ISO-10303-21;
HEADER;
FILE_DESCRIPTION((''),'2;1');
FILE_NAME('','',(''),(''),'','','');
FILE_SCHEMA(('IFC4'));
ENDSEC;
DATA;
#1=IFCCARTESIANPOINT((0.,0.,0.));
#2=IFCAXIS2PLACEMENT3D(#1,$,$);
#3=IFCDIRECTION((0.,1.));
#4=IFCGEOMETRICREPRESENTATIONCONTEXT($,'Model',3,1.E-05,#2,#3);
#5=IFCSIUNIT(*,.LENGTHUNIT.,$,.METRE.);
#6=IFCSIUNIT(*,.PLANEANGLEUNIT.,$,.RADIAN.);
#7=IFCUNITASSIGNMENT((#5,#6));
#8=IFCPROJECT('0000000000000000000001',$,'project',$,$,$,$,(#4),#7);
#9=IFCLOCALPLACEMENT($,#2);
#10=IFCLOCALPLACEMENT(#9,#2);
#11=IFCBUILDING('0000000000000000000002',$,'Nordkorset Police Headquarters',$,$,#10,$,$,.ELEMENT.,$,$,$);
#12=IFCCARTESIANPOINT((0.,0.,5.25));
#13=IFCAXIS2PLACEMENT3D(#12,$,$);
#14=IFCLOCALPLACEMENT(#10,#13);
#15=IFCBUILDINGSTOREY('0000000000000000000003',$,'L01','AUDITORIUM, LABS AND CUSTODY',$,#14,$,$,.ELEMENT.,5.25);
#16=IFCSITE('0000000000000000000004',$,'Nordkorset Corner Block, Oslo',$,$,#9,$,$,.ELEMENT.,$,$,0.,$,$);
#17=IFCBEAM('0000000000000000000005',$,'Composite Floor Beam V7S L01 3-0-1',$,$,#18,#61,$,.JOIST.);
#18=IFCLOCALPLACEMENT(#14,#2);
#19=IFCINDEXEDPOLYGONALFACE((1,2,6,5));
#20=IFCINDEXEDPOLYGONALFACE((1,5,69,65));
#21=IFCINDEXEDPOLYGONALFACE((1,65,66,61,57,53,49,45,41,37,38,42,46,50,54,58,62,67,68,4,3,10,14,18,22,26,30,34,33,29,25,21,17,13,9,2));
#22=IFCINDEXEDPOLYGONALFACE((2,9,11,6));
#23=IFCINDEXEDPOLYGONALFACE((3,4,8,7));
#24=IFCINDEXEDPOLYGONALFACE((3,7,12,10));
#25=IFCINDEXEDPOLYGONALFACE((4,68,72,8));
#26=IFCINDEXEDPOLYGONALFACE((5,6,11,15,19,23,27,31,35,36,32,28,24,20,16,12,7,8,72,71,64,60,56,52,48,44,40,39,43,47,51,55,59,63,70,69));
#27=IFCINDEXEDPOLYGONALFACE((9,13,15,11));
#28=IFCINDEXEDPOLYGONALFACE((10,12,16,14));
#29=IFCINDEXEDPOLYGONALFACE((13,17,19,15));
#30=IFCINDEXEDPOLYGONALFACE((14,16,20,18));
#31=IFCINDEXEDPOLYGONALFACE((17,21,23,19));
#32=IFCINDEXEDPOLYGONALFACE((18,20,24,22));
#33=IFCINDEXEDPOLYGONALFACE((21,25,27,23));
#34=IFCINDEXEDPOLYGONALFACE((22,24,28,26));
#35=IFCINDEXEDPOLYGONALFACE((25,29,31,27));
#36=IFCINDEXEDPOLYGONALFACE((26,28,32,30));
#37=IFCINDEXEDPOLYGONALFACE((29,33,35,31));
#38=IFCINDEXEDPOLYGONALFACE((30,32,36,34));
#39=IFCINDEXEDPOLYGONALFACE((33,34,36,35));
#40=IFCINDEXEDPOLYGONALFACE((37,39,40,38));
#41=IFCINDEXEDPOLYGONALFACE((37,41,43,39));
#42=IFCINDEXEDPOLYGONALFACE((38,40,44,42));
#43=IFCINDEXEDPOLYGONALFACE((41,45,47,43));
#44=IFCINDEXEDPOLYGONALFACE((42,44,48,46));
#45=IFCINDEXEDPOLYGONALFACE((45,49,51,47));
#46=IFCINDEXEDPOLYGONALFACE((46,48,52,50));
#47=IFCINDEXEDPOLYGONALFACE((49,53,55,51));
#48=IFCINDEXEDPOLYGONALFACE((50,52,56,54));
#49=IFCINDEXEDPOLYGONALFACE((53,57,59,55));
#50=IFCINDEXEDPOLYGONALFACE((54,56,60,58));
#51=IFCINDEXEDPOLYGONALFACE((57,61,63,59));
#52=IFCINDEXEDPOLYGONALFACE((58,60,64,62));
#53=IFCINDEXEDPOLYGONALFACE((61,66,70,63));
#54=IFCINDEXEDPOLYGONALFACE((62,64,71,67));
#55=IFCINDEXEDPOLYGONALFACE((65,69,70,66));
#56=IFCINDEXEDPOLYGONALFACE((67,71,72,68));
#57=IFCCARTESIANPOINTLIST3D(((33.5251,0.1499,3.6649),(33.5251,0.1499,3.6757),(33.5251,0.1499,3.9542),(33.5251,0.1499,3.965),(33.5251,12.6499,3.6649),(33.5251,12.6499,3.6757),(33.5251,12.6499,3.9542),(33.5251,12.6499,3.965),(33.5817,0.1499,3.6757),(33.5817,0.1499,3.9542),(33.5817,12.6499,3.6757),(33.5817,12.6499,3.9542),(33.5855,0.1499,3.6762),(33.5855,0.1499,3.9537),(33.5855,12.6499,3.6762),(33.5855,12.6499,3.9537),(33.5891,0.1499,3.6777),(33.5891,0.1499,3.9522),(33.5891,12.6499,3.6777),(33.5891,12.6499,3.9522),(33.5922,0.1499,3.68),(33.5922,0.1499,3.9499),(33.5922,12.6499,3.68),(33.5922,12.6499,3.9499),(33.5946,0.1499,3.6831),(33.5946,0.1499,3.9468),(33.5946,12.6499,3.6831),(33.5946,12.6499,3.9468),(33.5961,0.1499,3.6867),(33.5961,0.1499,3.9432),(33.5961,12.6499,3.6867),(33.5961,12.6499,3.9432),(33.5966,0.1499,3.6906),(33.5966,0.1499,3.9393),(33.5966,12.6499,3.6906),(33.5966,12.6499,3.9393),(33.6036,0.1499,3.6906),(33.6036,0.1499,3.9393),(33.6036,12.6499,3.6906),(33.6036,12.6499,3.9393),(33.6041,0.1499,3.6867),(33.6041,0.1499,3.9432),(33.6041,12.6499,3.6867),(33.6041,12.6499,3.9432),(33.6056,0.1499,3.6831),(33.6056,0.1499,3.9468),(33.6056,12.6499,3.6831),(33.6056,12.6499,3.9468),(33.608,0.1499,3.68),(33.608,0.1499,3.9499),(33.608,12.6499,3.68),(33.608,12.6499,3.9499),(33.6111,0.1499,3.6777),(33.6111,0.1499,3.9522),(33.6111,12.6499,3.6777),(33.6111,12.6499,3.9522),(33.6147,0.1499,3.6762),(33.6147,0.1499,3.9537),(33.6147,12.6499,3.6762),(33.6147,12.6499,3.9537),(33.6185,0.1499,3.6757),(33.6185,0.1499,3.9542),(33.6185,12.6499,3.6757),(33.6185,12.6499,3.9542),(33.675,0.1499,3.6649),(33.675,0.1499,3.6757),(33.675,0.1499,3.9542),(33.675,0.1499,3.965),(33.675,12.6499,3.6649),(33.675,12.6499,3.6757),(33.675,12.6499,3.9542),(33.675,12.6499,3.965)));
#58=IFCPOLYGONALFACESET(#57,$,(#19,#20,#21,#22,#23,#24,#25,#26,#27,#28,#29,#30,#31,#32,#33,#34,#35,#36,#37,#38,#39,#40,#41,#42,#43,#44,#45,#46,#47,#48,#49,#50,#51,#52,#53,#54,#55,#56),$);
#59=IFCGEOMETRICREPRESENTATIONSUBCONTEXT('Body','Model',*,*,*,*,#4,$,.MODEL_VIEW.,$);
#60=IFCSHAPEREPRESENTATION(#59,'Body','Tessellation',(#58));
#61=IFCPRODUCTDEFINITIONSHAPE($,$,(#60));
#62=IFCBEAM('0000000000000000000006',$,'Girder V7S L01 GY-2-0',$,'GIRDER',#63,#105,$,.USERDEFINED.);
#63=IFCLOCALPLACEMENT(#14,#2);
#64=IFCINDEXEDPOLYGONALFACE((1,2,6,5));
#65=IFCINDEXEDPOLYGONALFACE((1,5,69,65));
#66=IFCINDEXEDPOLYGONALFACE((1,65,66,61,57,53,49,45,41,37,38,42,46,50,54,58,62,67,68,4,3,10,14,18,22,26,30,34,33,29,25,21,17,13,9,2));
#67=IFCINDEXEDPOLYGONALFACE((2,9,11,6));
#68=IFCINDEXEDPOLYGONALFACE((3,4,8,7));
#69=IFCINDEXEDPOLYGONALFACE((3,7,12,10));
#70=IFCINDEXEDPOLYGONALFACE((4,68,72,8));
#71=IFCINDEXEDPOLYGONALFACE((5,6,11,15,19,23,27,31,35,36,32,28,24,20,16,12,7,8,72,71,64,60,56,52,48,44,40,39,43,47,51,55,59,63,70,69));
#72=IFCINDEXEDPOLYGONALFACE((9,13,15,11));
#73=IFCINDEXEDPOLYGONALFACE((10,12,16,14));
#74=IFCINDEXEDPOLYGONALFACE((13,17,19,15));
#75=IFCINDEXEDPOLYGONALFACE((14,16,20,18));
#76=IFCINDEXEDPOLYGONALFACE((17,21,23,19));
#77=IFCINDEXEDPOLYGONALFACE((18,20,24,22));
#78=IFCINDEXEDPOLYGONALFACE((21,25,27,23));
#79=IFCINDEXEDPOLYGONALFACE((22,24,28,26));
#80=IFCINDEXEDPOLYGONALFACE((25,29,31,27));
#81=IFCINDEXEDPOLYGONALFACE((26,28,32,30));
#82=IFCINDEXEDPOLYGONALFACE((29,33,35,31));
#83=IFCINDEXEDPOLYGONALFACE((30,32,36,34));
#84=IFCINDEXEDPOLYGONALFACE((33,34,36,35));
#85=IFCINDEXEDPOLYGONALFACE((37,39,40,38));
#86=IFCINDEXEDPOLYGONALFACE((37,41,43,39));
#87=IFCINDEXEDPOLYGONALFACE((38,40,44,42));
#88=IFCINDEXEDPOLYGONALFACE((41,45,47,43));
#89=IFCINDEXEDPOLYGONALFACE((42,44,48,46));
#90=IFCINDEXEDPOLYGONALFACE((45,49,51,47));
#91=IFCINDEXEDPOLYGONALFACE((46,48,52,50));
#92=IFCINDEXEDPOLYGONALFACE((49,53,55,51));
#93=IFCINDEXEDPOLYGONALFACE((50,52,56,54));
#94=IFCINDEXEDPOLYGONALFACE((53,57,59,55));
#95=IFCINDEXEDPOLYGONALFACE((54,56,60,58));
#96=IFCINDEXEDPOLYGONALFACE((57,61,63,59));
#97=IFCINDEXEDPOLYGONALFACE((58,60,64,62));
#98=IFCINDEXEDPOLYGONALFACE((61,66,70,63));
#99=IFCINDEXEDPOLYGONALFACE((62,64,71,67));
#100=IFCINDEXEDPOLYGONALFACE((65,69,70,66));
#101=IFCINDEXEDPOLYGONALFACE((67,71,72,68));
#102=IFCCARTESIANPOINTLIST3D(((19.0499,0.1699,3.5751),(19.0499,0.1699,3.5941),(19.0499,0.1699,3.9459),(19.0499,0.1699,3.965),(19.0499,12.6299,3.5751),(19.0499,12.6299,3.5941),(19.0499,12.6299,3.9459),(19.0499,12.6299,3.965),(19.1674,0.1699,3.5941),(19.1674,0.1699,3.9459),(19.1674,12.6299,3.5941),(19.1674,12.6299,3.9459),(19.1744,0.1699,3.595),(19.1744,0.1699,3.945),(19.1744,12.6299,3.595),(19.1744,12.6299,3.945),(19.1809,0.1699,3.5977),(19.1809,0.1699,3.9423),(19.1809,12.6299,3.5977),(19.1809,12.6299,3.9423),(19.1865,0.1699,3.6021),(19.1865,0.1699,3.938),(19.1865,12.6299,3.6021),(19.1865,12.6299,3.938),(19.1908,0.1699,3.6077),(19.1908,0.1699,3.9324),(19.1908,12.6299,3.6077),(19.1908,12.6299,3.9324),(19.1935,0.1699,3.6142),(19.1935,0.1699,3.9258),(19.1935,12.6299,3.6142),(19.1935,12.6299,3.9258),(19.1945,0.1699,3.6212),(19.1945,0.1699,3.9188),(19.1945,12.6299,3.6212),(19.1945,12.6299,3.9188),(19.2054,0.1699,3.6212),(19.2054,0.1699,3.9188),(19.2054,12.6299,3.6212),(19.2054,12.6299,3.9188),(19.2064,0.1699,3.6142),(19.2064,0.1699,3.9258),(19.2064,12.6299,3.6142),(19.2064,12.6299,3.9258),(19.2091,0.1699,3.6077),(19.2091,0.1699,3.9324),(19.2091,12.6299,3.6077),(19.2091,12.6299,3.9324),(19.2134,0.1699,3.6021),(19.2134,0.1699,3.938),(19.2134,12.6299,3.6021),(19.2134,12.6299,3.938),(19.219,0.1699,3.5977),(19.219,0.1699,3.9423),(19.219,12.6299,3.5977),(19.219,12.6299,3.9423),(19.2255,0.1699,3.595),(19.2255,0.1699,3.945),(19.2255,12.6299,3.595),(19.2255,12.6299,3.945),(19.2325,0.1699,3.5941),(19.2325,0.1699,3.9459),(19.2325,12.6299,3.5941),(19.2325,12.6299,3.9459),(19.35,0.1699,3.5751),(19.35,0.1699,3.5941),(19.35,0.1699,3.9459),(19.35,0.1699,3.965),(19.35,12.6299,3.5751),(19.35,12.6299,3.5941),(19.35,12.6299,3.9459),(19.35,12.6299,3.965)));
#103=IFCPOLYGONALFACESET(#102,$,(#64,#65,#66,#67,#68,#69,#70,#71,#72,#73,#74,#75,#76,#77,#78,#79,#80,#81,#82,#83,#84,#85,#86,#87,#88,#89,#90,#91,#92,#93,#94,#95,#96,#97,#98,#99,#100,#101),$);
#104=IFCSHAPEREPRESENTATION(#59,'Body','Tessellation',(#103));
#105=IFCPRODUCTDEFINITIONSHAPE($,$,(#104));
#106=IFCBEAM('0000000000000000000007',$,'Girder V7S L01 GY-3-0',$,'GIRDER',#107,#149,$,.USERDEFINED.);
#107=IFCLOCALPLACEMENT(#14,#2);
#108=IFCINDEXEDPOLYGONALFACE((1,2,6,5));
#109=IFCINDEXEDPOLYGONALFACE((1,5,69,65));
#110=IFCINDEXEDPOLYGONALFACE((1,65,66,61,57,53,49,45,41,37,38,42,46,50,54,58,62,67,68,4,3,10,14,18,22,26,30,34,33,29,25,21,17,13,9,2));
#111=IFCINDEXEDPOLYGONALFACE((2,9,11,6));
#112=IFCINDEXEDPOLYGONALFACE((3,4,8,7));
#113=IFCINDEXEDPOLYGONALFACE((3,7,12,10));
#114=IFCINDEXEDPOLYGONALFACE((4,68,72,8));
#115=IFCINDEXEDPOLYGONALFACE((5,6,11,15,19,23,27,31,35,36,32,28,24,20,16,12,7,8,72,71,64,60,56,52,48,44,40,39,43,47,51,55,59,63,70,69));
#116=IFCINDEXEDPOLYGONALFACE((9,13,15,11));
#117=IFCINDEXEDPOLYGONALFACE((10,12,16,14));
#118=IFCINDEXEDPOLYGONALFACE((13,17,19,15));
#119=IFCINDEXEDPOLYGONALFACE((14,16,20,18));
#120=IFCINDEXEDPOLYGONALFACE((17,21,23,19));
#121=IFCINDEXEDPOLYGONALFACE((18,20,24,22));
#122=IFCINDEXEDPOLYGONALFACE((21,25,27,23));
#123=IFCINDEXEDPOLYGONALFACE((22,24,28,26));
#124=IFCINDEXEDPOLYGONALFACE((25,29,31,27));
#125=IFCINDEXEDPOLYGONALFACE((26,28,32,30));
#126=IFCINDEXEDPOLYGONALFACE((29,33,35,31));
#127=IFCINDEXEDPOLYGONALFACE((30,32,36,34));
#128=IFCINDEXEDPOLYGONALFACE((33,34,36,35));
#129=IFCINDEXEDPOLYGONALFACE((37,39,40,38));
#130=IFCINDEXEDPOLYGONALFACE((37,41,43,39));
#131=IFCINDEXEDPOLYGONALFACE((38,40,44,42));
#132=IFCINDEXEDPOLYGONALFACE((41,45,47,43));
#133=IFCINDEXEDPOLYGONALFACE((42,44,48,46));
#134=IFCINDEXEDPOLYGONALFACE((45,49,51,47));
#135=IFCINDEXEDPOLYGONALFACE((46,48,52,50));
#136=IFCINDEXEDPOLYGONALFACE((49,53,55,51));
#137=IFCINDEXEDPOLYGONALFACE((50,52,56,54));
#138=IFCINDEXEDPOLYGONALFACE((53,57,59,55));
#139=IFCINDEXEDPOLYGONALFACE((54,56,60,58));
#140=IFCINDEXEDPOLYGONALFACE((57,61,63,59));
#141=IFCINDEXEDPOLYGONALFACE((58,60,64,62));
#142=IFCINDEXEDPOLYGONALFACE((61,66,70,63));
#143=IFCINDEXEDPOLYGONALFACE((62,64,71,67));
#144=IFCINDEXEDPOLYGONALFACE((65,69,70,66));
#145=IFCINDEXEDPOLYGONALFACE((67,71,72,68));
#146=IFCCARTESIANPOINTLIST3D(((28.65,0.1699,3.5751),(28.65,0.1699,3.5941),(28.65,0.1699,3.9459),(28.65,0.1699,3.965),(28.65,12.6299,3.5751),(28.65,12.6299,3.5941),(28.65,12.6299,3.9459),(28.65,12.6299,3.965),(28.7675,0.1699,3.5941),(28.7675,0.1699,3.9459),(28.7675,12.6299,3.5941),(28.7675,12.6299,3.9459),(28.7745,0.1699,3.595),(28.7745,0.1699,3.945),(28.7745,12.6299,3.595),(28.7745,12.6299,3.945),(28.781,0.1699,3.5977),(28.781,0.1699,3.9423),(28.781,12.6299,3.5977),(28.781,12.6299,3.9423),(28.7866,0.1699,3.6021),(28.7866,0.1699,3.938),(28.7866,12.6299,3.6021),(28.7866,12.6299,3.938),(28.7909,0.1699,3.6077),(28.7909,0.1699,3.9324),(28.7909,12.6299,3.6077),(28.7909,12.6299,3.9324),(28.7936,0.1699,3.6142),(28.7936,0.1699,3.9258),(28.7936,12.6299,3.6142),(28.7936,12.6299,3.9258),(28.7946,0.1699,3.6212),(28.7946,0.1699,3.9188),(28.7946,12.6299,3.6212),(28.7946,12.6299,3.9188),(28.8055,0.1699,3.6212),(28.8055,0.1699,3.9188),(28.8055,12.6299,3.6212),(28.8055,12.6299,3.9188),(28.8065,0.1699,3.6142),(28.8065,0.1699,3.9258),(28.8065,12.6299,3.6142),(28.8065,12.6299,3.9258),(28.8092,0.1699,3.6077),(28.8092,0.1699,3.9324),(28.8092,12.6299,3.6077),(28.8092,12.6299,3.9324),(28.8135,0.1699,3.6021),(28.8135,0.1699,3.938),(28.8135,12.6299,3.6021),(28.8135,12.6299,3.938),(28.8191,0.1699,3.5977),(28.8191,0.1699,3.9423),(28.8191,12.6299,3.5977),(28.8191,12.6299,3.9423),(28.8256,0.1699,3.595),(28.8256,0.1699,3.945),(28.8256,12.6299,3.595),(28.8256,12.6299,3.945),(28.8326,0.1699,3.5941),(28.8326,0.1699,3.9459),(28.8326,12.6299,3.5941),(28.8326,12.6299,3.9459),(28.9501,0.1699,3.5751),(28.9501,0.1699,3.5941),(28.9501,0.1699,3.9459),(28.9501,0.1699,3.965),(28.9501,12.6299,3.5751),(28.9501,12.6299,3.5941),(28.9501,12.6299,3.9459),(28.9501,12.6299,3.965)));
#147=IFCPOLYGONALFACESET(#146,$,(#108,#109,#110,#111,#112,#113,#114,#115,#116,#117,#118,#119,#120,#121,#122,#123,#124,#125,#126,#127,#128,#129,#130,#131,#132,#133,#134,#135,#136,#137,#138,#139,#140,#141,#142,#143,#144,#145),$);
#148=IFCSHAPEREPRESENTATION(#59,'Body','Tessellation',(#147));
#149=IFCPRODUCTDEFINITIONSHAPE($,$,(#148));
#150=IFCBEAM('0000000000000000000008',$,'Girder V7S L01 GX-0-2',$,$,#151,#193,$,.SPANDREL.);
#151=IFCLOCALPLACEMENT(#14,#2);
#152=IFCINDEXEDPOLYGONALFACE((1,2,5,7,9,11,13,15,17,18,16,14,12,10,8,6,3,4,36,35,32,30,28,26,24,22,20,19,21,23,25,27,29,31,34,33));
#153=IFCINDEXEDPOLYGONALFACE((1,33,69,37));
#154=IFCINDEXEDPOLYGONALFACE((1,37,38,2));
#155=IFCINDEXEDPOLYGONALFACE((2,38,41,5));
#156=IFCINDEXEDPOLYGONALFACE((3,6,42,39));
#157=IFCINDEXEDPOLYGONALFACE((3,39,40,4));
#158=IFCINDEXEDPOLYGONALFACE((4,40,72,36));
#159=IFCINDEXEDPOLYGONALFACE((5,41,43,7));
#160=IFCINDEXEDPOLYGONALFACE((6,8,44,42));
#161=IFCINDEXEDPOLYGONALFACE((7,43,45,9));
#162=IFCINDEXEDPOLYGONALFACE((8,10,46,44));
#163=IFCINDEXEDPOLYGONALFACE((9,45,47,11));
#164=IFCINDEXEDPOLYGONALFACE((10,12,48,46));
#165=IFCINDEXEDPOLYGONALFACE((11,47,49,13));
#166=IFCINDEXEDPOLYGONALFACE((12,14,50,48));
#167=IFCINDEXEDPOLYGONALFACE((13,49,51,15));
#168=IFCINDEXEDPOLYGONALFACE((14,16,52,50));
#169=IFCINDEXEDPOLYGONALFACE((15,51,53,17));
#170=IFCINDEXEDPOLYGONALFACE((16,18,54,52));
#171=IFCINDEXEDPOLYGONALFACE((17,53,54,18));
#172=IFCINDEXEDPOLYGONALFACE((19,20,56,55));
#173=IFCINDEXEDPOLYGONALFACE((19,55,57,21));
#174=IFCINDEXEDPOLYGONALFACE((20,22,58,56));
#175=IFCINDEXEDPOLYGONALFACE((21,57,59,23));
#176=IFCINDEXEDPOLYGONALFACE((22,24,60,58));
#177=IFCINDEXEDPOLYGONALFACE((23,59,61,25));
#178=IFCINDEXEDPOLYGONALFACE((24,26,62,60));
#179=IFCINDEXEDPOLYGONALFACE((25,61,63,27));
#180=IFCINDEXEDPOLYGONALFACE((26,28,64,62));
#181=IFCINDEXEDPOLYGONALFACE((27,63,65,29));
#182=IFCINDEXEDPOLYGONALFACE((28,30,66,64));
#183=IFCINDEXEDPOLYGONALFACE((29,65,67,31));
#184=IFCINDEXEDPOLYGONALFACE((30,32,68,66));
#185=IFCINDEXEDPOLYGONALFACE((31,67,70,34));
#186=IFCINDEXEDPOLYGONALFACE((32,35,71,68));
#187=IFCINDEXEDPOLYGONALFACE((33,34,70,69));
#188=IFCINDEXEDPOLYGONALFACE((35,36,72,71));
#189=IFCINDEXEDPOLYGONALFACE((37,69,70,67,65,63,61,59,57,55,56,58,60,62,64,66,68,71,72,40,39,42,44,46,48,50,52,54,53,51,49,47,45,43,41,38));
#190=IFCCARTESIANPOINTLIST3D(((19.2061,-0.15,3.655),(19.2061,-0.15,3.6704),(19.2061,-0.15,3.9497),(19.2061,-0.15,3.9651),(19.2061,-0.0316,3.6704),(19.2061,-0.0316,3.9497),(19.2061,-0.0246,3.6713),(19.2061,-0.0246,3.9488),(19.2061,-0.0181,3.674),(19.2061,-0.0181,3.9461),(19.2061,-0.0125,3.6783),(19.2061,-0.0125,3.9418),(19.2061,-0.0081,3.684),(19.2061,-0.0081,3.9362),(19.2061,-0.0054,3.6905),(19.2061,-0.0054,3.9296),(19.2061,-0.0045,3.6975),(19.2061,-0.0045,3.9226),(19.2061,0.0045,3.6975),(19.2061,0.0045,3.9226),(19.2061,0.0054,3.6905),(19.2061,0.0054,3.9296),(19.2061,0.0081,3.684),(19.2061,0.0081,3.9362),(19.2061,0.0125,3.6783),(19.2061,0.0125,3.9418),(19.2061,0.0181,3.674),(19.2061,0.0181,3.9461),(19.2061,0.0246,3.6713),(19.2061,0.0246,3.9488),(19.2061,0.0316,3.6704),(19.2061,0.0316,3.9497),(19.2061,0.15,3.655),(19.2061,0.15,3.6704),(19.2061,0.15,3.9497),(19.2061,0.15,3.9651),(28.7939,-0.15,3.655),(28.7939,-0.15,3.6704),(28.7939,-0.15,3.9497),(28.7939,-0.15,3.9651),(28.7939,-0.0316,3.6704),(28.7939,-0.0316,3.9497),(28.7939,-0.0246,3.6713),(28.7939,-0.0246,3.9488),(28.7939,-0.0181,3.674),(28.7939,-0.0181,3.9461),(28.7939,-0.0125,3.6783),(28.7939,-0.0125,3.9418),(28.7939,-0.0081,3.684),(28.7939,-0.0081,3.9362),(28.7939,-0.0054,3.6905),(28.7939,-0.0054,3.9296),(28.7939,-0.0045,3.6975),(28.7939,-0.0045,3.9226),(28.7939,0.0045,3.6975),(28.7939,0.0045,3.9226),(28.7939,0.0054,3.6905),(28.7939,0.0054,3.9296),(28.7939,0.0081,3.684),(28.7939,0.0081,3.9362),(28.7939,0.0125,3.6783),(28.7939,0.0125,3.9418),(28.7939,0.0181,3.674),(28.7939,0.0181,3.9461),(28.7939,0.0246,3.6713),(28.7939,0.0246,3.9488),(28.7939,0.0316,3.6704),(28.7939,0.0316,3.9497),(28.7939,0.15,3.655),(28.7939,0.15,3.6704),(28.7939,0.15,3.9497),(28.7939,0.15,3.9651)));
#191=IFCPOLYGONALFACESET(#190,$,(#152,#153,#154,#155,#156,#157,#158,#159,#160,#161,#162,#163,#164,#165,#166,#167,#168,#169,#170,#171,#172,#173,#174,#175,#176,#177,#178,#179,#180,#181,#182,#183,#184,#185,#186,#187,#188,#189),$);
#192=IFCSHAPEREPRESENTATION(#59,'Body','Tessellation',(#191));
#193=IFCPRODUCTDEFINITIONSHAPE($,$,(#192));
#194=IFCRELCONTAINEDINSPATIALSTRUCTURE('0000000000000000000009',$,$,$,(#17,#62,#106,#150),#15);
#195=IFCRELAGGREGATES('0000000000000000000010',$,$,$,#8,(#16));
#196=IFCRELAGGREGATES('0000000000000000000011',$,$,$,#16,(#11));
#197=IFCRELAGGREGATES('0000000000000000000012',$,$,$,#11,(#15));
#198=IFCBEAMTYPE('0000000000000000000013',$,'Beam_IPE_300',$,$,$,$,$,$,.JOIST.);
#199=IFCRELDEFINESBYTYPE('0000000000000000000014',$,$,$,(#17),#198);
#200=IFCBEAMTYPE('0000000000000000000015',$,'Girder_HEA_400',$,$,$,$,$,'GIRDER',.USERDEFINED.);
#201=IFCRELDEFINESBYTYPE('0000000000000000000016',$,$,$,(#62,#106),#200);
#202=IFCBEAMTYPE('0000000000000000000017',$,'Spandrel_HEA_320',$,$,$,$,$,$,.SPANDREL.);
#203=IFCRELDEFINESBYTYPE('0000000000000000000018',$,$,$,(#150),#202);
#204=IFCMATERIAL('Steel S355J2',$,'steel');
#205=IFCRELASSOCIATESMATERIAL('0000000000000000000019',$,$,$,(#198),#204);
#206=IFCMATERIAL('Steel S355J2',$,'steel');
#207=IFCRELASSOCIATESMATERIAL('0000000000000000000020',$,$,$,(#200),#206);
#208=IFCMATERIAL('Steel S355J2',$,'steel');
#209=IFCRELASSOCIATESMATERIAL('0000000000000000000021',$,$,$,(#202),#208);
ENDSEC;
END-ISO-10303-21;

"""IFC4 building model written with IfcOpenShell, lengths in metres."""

from ifc_helpers import new_model, si_unit, direction, frame, origin, origin_2d, place, context, subcontext, project, spatial, i_section, extrude, material, material_profile, profile_set, type_object, element, save


model = new_model("IFC4")

# Units and contexts
model_context = context("Model", 3, precision=1e-05, world=origin(), true_north=direction((0.0, 1.0)))
body_context = subcontext(model_context, "Body", "Model", "MODEL_VIEW")
ifc_project = project(units=[si_unit("LENGTHUNIT", "METRE"), si_unit("PLANEANGLEUNIT", "RADIAN")], contexts=[model_context])

# Site, building, storey
site_placement = place(None, origin())
site = spatial("IfcSite", under=ifc_project, at=site_placement, Name="Nordkorset Corner Block, Oslo", CompositionType="ELEMENT", RefElevation=0.0)
building_placement = place(site_placement, origin())
building = spatial("IfcBuilding", under=site, at=building_placement, Name="Nordkorset Police Headquarters", CompositionType="ELEMENT")
storey_placement = place(building_placement, frame((0.0, 0.0, 5.25)))
storey = spatial("IfcBuildingStorey", under=building, at=storey_placement, Name="L01", Description="AUDITORIUM, LABS AND CUSTODY", CompositionType="ELEMENT", Elevation=5.25)

# Beams
ifc_material_1 = material(Name="Steel S355J2", Category="steel")
ifc_material_profile_1 = material_profile(ifc_material_1, i_section(OverallWidth=0.1499, OverallDepth=0.3, WebThickness=0.0071, FlangeThickness=0.0107, FilletRadius=0.0149, at=origin_2d()), Name="IPE 300")
ifc_profile_set_1 = profile_set([ifc_material_profile_1], Name="Steel S355J2")
beam_type_1 = type_object("IfcBeamType", Name="Beam_IPE_300", PredefinedType="JOIST", material=ifc_profile_set_1)
for number, where, z_axis, x_axis, name in (
    (1, (33.6001, 0.1499, 3.8149), (0.0, 1.0, 0.0), (-1.0, 0.0, 0.0), "Composite Floor Beam V7S L01 3-0-1"),
):
    element("IfcBeam", number, at=place(storey_placement, frame(where, z_axis=z_axis, x_axis=x_axis)), inside=storey, type_object=beam_type_1, Name=name, PredefinedType="JOIST", context=body_context, shape_type="SweptSolid", body=[
        extrude(i_section(OverallWidth=0.1499, OverallDepth=0.3, WebThickness=0.0071, FlangeThickness=0.0107, FilletRadius=0.0149, at=origin_2d()), origin(), (0.0, 0.0, 1.0), 12.5),
    ])
ifc_material_2 = material(Name="Steel S355J2", Category="steel")
ifc_material_profile_2 = material_profile(ifc_material_2, i_section(OverallWidth=0.3, OverallDepth=0.3899, WebThickness=0.011, FlangeThickness=0.019, FilletRadius=0.0271, at=origin_2d()), Name="HEA 400")
ifc_profile_set_2 = profile_set([ifc_material_profile_2], Name="Steel S355J2")
beam_type_2 = type_object("IfcBeamType", Name="Girder_HEA_400", ElementType="GIRDER", PredefinedType="USERDEFINED", material=ifc_profile_set_2)
for number, where, z_axis, x_axis, name in (
    (2, (19.2, 0.1699, 3.77), (0.0, 1.0, 0.0), (-1.0, 0.0, 0.0), "Girder V7S L01 GY-2-0"),
    (3, (28.8, 0.1699, 3.77), (0.0, 1.0, 0.0), (-1.0, 0.0, 0.0), "Girder V7S L01 GY-3-0"),
):
    element("IfcBeam", number, at=place(storey_placement, frame(where, z_axis=z_axis, x_axis=x_axis)), inside=storey, type_object=beam_type_2, Name=name, ObjectType="GIRDER", PredefinedType="USERDEFINED", context=body_context, shape_type="SweptSolid", body=[
        extrude(i_section(OverallWidth=0.3, OverallDepth=0.3899, WebThickness=0.011, FlangeThickness=0.019, FilletRadius=0.0271, at=origin_2d()), origin(), (0.0, 0.0, 1.0), 12.46),
    ])
ifc_material_3 = material(Name="Steel S355J2", Category="steel")
ifc_material_profile_3 = material_profile(ifc_material_3, i_section(OverallWidth=0.3, OverallDepth=0.3101, WebThickness=0.009, FlangeThickness=0.0154, FilletRadius=0.0271, at=origin_2d()), Name="HEA 320")
ifc_profile_set_3 = profile_set([ifc_material_profile_3], Name="Steel S355J2")
beam_type_3 = type_object("IfcBeamType", Name="Spandrel_HEA_320", PredefinedType="SPANDREL", material=ifc_profile_set_3)
beam_1_placement = place(storey_placement, frame((19.2061, 0.0, 3.8101), z_axis=(1.0, 0.0, 0.0), x_axis=(0.0, 1.0, 0.0)))
element("IfcBeam", 4, at=beam_1_placement, inside=storey, type_object=beam_type_3, Name="Girder V7S L01 GX-0-2", PredefinedType="SPANDREL", context=body_context, shape_type="SweptSolid", body=[
    extrude(i_section(OverallWidth=0.3, OverallDepth=0.3101, WebThickness=0.009, FlangeThickness=0.0154, FilletRadius=0.0271, at=origin_2d()), origin(), (0.0, 0.0, 1.0), 9.5879),
])

save(model, "model.ifc")
